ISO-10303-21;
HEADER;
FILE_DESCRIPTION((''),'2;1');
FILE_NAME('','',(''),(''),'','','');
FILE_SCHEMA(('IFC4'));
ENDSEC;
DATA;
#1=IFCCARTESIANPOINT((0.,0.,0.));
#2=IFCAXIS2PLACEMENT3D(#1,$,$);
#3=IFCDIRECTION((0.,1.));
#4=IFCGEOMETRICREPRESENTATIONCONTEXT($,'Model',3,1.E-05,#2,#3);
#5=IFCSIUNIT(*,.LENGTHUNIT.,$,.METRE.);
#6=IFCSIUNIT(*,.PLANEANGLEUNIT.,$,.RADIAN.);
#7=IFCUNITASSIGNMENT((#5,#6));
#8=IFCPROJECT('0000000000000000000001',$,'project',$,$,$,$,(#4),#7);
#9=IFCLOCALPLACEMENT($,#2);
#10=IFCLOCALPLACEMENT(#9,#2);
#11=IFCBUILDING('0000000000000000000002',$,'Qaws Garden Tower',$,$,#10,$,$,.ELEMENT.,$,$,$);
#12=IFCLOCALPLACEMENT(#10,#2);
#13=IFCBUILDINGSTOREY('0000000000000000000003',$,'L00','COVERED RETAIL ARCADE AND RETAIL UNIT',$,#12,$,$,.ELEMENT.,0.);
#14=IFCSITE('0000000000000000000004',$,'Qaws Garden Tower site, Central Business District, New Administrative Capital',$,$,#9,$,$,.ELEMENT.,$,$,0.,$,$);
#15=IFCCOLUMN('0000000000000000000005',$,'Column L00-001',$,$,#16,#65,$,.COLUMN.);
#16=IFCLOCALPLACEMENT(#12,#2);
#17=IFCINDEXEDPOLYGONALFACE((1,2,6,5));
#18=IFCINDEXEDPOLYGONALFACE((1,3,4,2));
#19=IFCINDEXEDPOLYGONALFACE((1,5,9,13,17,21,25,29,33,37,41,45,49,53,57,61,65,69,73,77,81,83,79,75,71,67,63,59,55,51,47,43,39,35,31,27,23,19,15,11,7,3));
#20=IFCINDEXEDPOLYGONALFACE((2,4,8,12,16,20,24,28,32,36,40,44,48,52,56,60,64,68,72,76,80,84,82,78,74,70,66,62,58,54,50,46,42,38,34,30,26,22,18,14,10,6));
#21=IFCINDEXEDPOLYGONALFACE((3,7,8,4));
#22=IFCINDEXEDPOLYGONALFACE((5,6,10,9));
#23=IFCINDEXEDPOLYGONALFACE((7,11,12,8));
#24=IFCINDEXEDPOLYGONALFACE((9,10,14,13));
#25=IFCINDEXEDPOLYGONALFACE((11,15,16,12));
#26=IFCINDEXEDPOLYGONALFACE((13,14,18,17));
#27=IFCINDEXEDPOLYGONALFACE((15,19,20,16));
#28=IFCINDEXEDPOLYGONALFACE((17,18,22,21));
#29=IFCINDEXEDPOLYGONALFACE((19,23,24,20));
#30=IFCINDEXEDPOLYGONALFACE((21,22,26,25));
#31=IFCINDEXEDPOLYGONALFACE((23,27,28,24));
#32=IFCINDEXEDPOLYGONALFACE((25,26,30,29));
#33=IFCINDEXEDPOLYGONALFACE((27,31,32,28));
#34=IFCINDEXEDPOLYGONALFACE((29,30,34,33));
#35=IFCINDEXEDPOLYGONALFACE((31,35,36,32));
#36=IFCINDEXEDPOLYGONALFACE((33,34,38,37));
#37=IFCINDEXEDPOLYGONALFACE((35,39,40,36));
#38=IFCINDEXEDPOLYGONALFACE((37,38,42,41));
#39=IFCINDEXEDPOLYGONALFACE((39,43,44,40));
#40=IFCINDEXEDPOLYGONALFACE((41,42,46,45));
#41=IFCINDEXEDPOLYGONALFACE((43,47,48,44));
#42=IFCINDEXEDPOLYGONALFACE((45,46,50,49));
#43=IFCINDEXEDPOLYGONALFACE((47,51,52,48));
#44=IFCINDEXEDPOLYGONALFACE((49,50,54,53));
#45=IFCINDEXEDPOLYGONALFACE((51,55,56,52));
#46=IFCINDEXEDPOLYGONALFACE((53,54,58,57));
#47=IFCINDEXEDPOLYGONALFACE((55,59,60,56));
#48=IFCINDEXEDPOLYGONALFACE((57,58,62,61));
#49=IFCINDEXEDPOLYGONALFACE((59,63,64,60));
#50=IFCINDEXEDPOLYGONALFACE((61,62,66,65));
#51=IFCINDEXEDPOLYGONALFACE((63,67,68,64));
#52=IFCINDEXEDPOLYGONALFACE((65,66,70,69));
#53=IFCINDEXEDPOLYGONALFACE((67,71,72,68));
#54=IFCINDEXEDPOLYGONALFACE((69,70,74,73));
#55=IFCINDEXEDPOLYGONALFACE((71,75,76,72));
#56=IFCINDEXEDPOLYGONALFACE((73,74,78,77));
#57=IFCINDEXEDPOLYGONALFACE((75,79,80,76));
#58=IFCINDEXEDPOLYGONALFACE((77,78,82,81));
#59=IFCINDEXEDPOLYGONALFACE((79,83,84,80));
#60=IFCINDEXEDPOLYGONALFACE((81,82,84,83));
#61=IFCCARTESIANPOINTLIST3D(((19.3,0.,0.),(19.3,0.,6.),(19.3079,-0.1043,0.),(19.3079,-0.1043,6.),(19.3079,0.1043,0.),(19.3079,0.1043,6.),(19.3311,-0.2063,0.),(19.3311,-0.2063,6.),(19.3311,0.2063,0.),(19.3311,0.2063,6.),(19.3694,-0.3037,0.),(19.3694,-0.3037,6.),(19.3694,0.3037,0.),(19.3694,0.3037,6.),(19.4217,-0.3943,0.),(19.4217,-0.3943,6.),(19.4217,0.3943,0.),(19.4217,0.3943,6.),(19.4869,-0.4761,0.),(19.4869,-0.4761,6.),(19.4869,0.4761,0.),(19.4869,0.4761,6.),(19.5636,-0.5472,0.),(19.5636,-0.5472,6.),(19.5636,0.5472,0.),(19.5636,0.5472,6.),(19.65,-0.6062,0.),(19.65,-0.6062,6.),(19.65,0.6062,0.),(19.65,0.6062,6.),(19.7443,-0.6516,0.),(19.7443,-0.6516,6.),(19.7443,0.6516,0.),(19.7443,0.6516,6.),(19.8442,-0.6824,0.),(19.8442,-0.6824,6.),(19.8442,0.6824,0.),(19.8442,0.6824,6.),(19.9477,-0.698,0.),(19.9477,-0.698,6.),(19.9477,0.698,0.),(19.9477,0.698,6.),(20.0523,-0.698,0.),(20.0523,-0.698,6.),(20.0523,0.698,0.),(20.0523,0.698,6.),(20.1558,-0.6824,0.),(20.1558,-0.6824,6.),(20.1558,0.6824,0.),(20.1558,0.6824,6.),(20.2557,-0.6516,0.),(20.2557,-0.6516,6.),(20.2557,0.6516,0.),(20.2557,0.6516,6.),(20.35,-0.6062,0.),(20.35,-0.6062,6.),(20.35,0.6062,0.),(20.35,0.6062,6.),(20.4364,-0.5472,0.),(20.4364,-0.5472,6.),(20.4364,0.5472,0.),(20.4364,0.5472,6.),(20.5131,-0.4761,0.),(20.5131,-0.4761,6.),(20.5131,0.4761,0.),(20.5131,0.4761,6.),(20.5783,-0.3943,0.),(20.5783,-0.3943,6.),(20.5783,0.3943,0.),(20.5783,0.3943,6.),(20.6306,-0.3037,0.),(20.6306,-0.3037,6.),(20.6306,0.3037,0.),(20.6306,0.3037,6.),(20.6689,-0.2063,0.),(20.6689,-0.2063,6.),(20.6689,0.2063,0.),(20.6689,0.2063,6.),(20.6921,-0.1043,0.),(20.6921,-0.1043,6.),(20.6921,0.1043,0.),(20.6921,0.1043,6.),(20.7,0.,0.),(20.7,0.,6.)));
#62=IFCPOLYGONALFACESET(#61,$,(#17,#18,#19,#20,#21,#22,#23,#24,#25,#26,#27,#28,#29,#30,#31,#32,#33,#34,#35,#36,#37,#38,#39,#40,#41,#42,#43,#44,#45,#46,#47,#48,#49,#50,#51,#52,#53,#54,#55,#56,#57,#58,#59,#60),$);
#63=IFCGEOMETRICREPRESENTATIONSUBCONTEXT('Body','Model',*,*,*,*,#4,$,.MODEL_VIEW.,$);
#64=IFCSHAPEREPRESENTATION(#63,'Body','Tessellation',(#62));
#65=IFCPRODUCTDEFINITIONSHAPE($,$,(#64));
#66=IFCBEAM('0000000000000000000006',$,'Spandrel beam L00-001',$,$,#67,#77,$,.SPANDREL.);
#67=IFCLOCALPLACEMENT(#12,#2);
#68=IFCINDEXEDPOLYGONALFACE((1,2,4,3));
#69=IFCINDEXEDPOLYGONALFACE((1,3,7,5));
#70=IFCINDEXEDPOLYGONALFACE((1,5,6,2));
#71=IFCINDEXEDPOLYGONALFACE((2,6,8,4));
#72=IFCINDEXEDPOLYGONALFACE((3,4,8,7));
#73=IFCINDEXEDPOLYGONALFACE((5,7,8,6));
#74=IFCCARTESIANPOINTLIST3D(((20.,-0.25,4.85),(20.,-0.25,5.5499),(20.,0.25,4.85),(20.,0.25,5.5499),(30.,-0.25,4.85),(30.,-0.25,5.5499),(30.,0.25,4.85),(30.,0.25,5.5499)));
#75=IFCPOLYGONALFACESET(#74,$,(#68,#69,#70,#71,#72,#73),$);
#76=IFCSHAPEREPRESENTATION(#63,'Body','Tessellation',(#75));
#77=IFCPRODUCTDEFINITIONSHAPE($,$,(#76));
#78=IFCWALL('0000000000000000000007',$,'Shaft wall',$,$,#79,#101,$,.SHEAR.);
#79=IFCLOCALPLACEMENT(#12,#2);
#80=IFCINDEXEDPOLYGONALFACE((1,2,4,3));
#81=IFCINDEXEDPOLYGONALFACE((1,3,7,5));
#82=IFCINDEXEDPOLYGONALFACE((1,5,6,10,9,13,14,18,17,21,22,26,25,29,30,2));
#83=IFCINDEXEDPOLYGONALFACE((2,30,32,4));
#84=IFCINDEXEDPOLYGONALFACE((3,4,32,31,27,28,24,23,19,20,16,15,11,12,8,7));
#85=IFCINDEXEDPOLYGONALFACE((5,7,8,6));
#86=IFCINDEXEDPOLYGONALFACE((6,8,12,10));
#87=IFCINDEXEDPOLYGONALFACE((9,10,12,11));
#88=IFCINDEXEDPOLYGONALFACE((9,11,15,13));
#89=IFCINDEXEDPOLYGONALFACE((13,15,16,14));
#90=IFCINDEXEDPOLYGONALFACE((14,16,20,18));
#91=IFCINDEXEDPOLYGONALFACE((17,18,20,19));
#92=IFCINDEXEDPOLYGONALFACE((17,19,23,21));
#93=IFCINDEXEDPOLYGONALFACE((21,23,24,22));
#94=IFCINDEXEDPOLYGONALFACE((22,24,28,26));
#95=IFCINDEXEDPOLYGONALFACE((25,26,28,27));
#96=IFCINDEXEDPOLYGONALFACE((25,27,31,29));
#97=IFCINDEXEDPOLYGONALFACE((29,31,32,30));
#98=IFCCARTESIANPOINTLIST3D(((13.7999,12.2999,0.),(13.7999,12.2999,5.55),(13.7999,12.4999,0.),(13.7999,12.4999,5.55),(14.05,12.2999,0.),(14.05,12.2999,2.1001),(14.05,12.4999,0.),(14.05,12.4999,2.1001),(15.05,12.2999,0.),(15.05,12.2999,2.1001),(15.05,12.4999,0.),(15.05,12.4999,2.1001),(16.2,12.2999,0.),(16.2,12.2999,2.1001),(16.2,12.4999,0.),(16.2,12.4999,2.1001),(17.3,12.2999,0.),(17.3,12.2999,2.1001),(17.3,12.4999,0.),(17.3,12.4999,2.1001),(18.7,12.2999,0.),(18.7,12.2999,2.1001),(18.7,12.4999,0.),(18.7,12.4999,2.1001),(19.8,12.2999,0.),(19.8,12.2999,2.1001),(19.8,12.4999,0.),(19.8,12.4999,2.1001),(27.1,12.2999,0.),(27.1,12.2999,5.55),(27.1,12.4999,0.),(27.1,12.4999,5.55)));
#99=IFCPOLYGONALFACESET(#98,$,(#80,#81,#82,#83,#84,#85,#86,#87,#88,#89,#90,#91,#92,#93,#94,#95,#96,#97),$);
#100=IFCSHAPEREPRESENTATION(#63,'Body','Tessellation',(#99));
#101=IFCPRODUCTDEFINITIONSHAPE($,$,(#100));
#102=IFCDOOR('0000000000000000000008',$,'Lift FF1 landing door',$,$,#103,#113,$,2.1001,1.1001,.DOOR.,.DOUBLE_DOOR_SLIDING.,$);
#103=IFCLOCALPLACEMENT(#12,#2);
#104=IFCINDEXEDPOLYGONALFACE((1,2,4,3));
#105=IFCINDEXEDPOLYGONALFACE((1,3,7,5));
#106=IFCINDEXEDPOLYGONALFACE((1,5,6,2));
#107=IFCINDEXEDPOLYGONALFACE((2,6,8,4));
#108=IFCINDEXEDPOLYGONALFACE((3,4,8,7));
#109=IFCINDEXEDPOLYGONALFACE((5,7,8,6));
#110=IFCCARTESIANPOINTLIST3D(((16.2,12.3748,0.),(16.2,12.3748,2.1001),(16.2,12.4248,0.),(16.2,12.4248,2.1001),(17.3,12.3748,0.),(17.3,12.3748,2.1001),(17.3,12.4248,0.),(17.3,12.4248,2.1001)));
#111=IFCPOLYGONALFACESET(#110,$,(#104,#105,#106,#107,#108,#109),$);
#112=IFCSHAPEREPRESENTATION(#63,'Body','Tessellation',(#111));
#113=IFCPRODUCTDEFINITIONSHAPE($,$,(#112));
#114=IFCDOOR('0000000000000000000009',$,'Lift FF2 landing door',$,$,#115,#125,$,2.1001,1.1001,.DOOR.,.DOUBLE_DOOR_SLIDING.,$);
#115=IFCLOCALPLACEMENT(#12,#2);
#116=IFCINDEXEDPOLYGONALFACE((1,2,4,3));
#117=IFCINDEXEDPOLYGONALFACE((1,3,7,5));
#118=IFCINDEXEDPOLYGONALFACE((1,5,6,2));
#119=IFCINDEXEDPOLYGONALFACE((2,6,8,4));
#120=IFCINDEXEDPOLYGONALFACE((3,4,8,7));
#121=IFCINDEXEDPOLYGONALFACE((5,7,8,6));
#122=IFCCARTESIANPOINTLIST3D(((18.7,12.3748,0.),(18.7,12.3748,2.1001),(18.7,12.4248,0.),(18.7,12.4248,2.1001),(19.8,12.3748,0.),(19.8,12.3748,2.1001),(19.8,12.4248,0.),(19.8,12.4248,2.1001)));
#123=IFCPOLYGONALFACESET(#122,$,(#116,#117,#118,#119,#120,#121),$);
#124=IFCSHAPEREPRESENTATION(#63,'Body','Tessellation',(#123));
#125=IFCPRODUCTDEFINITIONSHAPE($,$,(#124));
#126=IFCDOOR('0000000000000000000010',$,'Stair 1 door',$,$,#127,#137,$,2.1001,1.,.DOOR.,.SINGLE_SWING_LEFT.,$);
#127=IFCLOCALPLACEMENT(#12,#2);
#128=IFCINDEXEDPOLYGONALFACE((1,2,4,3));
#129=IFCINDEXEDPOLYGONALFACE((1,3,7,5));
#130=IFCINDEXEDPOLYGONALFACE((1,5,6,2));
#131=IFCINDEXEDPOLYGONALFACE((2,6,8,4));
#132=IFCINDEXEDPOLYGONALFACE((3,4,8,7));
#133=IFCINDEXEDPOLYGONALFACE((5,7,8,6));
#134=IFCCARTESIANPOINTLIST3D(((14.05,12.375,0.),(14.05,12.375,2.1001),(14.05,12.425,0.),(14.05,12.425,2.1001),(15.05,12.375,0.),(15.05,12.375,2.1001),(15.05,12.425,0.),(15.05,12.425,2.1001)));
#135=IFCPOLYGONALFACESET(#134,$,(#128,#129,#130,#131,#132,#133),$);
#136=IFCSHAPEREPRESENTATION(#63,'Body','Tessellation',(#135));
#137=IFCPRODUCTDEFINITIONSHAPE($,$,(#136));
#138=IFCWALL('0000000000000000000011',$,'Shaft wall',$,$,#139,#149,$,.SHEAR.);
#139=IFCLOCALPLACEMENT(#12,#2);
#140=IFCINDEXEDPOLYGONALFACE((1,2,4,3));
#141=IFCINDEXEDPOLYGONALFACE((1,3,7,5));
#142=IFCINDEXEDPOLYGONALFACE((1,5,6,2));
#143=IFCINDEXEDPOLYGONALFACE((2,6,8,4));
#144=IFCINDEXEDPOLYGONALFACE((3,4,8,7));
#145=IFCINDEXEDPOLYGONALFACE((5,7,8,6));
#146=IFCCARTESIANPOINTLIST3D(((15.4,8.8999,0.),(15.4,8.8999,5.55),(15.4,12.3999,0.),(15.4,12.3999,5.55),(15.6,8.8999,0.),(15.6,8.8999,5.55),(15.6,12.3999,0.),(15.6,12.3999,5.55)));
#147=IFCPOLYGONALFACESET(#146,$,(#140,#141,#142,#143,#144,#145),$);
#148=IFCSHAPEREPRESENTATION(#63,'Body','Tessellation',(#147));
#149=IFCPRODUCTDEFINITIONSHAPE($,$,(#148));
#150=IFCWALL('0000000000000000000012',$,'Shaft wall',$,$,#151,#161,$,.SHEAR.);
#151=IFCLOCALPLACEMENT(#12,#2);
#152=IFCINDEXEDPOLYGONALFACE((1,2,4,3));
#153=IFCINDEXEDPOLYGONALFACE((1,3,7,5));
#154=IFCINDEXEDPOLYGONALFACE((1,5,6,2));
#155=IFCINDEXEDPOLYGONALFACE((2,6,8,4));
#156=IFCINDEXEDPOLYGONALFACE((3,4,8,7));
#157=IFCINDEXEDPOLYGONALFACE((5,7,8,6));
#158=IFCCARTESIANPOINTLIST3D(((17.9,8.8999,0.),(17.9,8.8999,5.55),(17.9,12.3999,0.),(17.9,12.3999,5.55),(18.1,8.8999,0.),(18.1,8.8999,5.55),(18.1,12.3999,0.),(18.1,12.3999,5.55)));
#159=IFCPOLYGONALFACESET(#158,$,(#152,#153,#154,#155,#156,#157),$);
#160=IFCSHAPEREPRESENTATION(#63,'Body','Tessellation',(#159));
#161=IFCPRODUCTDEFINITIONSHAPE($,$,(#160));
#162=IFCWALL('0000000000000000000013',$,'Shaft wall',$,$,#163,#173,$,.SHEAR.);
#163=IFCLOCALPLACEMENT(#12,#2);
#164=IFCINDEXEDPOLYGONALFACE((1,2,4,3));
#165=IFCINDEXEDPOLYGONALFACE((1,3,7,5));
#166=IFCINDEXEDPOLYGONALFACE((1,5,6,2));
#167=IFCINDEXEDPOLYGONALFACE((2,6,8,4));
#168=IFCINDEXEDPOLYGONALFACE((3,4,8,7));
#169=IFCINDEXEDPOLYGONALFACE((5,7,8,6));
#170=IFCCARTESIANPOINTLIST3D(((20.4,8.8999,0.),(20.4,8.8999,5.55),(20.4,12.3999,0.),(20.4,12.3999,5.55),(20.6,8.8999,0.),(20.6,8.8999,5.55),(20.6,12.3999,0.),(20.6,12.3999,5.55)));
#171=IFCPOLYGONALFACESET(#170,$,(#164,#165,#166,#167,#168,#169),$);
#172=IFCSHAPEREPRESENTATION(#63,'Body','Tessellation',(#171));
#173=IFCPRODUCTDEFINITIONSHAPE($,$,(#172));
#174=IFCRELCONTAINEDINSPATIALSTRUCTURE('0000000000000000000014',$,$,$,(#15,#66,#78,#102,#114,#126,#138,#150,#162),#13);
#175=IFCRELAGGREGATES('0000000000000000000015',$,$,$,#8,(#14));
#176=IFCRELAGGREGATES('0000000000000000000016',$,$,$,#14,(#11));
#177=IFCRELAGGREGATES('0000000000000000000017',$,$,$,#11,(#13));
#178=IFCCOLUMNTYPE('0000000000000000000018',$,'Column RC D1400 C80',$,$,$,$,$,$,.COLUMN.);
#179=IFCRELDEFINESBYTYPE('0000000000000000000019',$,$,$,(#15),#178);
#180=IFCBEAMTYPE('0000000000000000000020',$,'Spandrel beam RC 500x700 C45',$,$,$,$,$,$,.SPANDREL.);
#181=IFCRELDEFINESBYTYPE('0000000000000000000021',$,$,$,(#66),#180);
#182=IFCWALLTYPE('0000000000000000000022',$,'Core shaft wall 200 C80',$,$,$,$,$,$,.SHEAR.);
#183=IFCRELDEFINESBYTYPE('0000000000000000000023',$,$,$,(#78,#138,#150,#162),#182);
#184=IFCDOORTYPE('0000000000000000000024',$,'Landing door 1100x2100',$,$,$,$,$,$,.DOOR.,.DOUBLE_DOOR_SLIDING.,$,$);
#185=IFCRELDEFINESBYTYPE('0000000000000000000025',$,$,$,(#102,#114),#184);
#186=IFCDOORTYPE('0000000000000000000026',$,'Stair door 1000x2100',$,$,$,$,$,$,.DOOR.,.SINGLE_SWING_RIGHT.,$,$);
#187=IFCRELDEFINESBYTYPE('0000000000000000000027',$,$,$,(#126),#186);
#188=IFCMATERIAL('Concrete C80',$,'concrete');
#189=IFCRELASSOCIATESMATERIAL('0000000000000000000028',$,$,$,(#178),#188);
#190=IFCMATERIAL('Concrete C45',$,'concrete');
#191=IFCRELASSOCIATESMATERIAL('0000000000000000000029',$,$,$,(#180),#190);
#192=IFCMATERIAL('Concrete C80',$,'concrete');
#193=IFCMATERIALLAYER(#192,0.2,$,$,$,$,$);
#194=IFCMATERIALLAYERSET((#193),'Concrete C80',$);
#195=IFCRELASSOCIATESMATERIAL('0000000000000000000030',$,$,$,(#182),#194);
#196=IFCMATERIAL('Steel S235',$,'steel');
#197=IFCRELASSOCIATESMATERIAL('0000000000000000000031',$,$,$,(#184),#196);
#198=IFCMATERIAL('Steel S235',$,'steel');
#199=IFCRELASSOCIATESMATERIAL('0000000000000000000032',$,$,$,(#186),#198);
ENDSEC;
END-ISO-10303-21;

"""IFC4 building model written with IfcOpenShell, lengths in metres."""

from ifc_helpers import new_model, si_unit, direction, frame, frame_2d, origin, origin_2d, place, context, subcontext, project, spatial, rectangle, circle, extrude, material, layer, layer_set, material_profile, profile_set, type_object, element, fill, save


model = new_model("IFC4")

# Units and contexts
model_context = context("Model", 3, precision=1e-05, world=origin(), true_north=direction((0.0, 1.0)))
body_context = subcontext(model_context, "Body", "Model", "MODEL_VIEW")
ifc_project = project(units=[si_unit("LENGTHUNIT", "METRE"), si_unit("PLANEANGLEUNIT", "RADIAN")], contexts=[model_context])

# Site, building, storey
site_placement = place(None, origin())
site = spatial("IfcSite", under=ifc_project, at=site_placement, Name="Qaws Garden Tower site, Central Business District, New Administrative Capital", CompositionType="ELEMENT", RefElevation=0.0)
building_placement = place(site_placement, origin())
building = spatial("IfcBuilding", under=site, at=building_placement, Name="Qaws Garden Tower", CompositionType="ELEMENT")
storey_placement = place(building_placement, origin())
storey = spatial("IfcBuildingStorey", under=building, at=storey_placement, Name="L00", Description="COVERED RETAIL ARCADE AND RETAIL UNIT", CompositionType="ELEMENT", Elevation=0.0)

# Column
ifc_material_1 = material(Name="Concrete C80", Category="concrete")
ifc_material_profile_1 = material_profile(ifc_material_1, circle(Radius=0.7, at=origin_2d()), Name="RC D1400")
ifc_profile_set_1 = profile_set([ifc_material_profile_1], Name="Concrete C80")
column_type = type_object("IfcColumnType", Name="Column RC D1400 C80", PredefinedType="COLUMN", material=ifc_profile_set_1)
column_placement = place(storey_placement, frame((20.0, 0.0, 0.0), z_axis=(0.0, 0.0, 1.0), x_axis=(1.0, 0.0, 0.0)))
element("IfcColumn", 1, at=column_placement, inside=storey, type_object=column_type, Name="Column L00-001", PredefinedType="COLUMN", context=body_context, shape_type="SweptSolid", body=[
    extrude(circle(Radius=0.7, at=origin_2d()), origin(), (0.0, 0.0, 1.0), 6.0),
])

# Beam
ifc_material_2 = material(Name="Concrete C45", Category="concrete")
ifc_material_profile_2 = material_profile(ifc_material_2, rectangle(XDim=0.5, YDim=0.7, at=origin_2d()), Name="RC 500x700")
ifc_profile_set_2 = profile_set([ifc_material_profile_2], Name="Concrete C45")
beam_type = type_object("IfcBeamType", Name="Spandrel beam RC 500x700 C45", PredefinedType="SPANDREL", material=ifc_profile_set_2)
beam_placement = place(storey_placement, frame((20.0, 0.0, 5.2), z_axis=(1.0, 0.0, 0.0), x_axis=(0.0, 1.0, 0.0)))
element("IfcBeam", 2, at=beam_placement, inside=storey, type_object=beam_type, Name="Spandrel beam L00-001", PredefinedType="SPANDREL", context=body_context, shape_type="SweptSolid", body=[
    extrude(rectangle(XDim=0.5, YDim=0.7, at=origin_2d()), origin(), (0.0, 0.0, 1.0), 10.0),
])

# Wall, openings, doors
ifc_material_3 = material(Name="Concrete C80", Category="concrete")
ifc_layer_1 = layer(ifc_material_3, 0.2)
ifc_layer_set_1 = layer_set([ifc_layer_1], Name="Concrete C80")
wall_type_1 = type_object("IfcWallType", Name="Core shaft wall 200 C80", PredefinedType="SHEAR", material=ifc_layer_set_1)
wall_1_placement = place(storey_placement, frame((13.8, 12.3999, 0.0), z_axis=(0.0, 0.0, 1.0), x_axis=(1.0, 0.0, 0.0)))
wall_1 = element("IfcWall", 3, at=wall_1_placement, inside=storey, type_object=wall_type_1, Name="Shaft wall", PredefinedType="SHEAR", context=body_context, shape_type="SweptSolid", body=[
    extrude(rectangle(XDim=13.3, YDim=0.2, at=frame_2d((6.6499, 0.0))), origin(), (0.0, 0.0, 1.0), 5.55),
])
opening_1_placement = place(wall_1_placement, frame((2.3999, 0.0, 0.0)))
opening_1 = element("IfcOpeningElement", 4, at=opening_1_placement, cuts=wall_1, PredefinedType="OPENING", context=body_context, shape_type="SweptSolid", body=[
    extrude(rectangle(XDim=1.1001, YDim=2.1001, at=frame_2d((0.55, 1.05))), frame((0.0, 0.1099, 0.0), z_axis=(0.0, -1.0, 0.0), x_axis=(1.0, 0.0, 0.0)), (0.0, 0.0, 1.0), 0.22),
])
opening_2_placement = place(wall_1_placement, frame((4.8999, 0.0, 0.0)))
opening_2 = element("IfcOpeningElement", 5, at=opening_2_placement, cuts=wall_1, PredefinedType="OPENING", context=body_context, shape_type="SweptSolid", body=[
    extrude(rectangle(XDim=1.1001, YDim=2.1001, at=frame_2d((0.55, 1.05))), frame((0.0, 0.1099, 0.0), z_axis=(0.0, -1.0, 0.0), x_axis=(1.0, 0.0, 0.0)), (0.0, 0.0, 1.0), 0.22),
])
opening_3_placement = place(wall_1_placement, frame((0.25, 0.0, 0.0)))
opening_3 = element("IfcOpeningElement", 6, at=opening_3_placement, cuts=wall_1, PredefinedType="OPENING", context=body_context, shape_type="SweptSolid", body=[
    extrude(rectangle(XDim=1.0, YDim=2.1001, at=frame_2d((0.5, 1.05))), frame((0.0, 0.1099, 0.0), z_axis=(0.0, -1.0, 0.0), x_axis=(1.0, 0.0, 0.0)), (0.0, 0.0, 1.0), 0.22),
])
ifc_material_4 = material(Name="Steel S235", Category="steel")
door_type_1 = type_object("IfcDoorType", Name="Landing door 1100x2100", OperationType="DOUBLE_DOOR_SLIDING", PredefinedType="DOOR", material=ifc_material_4)
door_1_placement = place(opening_1_placement, origin())
door_1 = element("IfcDoor", 7, at=door_1_placement, inside=storey, type_object=door_type_1, Name="Lift FF1 landing door", OperationType="DOUBLE_DOOR_SLIDING", OverallHeight=2.1001, OverallWidth=1.1001, PredefinedType="DOOR", context=body_context, shape_type="SweptSolid", body=[
    extrude(rectangle(XDim=1.1001, YDim=2.1001, at=frame_2d((0.55, 1.05))), frame((0.0, 0.0249, 0.0), z_axis=(0.0, -1.0, 0.0), x_axis=(1.0, 0.0, 0.0)), (0.0, 0.0, 1.0), 0.05),
])
fill(opening_1, door_1)
door_2_placement = place(opening_2_placement, origin())
door_2 = element("IfcDoor", 8, at=door_2_placement, inside=storey, type_object=door_type_1, Name="Lift FF2 landing door", OperationType="DOUBLE_DOOR_SLIDING", OverallHeight=2.1001, OverallWidth=1.1001, PredefinedType="DOOR", context=body_context, shape_type="SweptSolid", body=[
    extrude(rectangle(XDim=1.1001, YDim=2.1001, at=frame_2d((0.55, 1.05))), frame((0.0, 0.0249, 0.0), z_axis=(0.0, -1.0, 0.0), x_axis=(1.0, 0.0, 0.0)), (0.0, 0.0, 1.0), 0.05),
])
fill(opening_2, door_2)
ifc_material_5 = material(Name="Steel S235", Category="steel")
door_type_2 = type_object("IfcDoorType", Name="Stair door 1000x2100", OperationType="SINGLE_SWING_RIGHT", PredefinedType="DOOR", material=ifc_material_5)
door_3_placement = place(opening_3_placement, frame((1.0, 0.0, 0.0), z_axis=(0.0, 0.0, 1.0), x_axis=(-1.0, 0.0, 0.0)))
door_3 = element("IfcDoor", 9, at=door_3_placement, inside=storey, type_object=door_type_2, Name="Stair 1 door", OperationType="SINGLE_SWING_LEFT", OverallHeight=2.1001, OverallWidth=1.0, PredefinedType="DOOR", context=body_context, shape_type="SweptSolid", body=[
    extrude(rectangle(XDim=1.0, YDim=2.1001, at=frame_2d((0.5, 1.05))), frame((0.0, 0.0249, 0.0), z_axis=(0.0, -1.0, 0.0), x_axis=(1.0, 0.0, 0.0)), (0.0, 0.0, 1.0), 0.05),
])
fill(opening_3, door_3)

# Walls
for number, where, z_axis, x_axis, name in (
    (10, (15.5, 8.8999, 0.0), (0.0, 0.0, 1.0), (0.0, 1.0, 0.0), "Shaft wall"),
    (11, (18.0, 8.8999, 0.0), (0.0, 0.0, 1.0), (0.0, 1.0, 0.0), "Shaft wall"),
    (12, (20.5, 8.8999, 0.0), (0.0, 0.0, 1.0), (0.0, 1.0, 0.0), "Shaft wall"),
):
    element("IfcWall", number, at=place(storey_placement, frame(where, z_axis=z_axis, x_axis=x_axis)), inside=storey, type_object=wall_type_1, Name=name, PredefinedType="SHEAR", context=body_context, shape_type="SweptSolid", body=[
        extrude(rectangle(XDim=3.5, YDim=0.2, at=frame_2d((1.75, 0.0))), origin(), (0.0, 0.0, 1.0), 5.55),
    ])

save(model, "model.ifc")
